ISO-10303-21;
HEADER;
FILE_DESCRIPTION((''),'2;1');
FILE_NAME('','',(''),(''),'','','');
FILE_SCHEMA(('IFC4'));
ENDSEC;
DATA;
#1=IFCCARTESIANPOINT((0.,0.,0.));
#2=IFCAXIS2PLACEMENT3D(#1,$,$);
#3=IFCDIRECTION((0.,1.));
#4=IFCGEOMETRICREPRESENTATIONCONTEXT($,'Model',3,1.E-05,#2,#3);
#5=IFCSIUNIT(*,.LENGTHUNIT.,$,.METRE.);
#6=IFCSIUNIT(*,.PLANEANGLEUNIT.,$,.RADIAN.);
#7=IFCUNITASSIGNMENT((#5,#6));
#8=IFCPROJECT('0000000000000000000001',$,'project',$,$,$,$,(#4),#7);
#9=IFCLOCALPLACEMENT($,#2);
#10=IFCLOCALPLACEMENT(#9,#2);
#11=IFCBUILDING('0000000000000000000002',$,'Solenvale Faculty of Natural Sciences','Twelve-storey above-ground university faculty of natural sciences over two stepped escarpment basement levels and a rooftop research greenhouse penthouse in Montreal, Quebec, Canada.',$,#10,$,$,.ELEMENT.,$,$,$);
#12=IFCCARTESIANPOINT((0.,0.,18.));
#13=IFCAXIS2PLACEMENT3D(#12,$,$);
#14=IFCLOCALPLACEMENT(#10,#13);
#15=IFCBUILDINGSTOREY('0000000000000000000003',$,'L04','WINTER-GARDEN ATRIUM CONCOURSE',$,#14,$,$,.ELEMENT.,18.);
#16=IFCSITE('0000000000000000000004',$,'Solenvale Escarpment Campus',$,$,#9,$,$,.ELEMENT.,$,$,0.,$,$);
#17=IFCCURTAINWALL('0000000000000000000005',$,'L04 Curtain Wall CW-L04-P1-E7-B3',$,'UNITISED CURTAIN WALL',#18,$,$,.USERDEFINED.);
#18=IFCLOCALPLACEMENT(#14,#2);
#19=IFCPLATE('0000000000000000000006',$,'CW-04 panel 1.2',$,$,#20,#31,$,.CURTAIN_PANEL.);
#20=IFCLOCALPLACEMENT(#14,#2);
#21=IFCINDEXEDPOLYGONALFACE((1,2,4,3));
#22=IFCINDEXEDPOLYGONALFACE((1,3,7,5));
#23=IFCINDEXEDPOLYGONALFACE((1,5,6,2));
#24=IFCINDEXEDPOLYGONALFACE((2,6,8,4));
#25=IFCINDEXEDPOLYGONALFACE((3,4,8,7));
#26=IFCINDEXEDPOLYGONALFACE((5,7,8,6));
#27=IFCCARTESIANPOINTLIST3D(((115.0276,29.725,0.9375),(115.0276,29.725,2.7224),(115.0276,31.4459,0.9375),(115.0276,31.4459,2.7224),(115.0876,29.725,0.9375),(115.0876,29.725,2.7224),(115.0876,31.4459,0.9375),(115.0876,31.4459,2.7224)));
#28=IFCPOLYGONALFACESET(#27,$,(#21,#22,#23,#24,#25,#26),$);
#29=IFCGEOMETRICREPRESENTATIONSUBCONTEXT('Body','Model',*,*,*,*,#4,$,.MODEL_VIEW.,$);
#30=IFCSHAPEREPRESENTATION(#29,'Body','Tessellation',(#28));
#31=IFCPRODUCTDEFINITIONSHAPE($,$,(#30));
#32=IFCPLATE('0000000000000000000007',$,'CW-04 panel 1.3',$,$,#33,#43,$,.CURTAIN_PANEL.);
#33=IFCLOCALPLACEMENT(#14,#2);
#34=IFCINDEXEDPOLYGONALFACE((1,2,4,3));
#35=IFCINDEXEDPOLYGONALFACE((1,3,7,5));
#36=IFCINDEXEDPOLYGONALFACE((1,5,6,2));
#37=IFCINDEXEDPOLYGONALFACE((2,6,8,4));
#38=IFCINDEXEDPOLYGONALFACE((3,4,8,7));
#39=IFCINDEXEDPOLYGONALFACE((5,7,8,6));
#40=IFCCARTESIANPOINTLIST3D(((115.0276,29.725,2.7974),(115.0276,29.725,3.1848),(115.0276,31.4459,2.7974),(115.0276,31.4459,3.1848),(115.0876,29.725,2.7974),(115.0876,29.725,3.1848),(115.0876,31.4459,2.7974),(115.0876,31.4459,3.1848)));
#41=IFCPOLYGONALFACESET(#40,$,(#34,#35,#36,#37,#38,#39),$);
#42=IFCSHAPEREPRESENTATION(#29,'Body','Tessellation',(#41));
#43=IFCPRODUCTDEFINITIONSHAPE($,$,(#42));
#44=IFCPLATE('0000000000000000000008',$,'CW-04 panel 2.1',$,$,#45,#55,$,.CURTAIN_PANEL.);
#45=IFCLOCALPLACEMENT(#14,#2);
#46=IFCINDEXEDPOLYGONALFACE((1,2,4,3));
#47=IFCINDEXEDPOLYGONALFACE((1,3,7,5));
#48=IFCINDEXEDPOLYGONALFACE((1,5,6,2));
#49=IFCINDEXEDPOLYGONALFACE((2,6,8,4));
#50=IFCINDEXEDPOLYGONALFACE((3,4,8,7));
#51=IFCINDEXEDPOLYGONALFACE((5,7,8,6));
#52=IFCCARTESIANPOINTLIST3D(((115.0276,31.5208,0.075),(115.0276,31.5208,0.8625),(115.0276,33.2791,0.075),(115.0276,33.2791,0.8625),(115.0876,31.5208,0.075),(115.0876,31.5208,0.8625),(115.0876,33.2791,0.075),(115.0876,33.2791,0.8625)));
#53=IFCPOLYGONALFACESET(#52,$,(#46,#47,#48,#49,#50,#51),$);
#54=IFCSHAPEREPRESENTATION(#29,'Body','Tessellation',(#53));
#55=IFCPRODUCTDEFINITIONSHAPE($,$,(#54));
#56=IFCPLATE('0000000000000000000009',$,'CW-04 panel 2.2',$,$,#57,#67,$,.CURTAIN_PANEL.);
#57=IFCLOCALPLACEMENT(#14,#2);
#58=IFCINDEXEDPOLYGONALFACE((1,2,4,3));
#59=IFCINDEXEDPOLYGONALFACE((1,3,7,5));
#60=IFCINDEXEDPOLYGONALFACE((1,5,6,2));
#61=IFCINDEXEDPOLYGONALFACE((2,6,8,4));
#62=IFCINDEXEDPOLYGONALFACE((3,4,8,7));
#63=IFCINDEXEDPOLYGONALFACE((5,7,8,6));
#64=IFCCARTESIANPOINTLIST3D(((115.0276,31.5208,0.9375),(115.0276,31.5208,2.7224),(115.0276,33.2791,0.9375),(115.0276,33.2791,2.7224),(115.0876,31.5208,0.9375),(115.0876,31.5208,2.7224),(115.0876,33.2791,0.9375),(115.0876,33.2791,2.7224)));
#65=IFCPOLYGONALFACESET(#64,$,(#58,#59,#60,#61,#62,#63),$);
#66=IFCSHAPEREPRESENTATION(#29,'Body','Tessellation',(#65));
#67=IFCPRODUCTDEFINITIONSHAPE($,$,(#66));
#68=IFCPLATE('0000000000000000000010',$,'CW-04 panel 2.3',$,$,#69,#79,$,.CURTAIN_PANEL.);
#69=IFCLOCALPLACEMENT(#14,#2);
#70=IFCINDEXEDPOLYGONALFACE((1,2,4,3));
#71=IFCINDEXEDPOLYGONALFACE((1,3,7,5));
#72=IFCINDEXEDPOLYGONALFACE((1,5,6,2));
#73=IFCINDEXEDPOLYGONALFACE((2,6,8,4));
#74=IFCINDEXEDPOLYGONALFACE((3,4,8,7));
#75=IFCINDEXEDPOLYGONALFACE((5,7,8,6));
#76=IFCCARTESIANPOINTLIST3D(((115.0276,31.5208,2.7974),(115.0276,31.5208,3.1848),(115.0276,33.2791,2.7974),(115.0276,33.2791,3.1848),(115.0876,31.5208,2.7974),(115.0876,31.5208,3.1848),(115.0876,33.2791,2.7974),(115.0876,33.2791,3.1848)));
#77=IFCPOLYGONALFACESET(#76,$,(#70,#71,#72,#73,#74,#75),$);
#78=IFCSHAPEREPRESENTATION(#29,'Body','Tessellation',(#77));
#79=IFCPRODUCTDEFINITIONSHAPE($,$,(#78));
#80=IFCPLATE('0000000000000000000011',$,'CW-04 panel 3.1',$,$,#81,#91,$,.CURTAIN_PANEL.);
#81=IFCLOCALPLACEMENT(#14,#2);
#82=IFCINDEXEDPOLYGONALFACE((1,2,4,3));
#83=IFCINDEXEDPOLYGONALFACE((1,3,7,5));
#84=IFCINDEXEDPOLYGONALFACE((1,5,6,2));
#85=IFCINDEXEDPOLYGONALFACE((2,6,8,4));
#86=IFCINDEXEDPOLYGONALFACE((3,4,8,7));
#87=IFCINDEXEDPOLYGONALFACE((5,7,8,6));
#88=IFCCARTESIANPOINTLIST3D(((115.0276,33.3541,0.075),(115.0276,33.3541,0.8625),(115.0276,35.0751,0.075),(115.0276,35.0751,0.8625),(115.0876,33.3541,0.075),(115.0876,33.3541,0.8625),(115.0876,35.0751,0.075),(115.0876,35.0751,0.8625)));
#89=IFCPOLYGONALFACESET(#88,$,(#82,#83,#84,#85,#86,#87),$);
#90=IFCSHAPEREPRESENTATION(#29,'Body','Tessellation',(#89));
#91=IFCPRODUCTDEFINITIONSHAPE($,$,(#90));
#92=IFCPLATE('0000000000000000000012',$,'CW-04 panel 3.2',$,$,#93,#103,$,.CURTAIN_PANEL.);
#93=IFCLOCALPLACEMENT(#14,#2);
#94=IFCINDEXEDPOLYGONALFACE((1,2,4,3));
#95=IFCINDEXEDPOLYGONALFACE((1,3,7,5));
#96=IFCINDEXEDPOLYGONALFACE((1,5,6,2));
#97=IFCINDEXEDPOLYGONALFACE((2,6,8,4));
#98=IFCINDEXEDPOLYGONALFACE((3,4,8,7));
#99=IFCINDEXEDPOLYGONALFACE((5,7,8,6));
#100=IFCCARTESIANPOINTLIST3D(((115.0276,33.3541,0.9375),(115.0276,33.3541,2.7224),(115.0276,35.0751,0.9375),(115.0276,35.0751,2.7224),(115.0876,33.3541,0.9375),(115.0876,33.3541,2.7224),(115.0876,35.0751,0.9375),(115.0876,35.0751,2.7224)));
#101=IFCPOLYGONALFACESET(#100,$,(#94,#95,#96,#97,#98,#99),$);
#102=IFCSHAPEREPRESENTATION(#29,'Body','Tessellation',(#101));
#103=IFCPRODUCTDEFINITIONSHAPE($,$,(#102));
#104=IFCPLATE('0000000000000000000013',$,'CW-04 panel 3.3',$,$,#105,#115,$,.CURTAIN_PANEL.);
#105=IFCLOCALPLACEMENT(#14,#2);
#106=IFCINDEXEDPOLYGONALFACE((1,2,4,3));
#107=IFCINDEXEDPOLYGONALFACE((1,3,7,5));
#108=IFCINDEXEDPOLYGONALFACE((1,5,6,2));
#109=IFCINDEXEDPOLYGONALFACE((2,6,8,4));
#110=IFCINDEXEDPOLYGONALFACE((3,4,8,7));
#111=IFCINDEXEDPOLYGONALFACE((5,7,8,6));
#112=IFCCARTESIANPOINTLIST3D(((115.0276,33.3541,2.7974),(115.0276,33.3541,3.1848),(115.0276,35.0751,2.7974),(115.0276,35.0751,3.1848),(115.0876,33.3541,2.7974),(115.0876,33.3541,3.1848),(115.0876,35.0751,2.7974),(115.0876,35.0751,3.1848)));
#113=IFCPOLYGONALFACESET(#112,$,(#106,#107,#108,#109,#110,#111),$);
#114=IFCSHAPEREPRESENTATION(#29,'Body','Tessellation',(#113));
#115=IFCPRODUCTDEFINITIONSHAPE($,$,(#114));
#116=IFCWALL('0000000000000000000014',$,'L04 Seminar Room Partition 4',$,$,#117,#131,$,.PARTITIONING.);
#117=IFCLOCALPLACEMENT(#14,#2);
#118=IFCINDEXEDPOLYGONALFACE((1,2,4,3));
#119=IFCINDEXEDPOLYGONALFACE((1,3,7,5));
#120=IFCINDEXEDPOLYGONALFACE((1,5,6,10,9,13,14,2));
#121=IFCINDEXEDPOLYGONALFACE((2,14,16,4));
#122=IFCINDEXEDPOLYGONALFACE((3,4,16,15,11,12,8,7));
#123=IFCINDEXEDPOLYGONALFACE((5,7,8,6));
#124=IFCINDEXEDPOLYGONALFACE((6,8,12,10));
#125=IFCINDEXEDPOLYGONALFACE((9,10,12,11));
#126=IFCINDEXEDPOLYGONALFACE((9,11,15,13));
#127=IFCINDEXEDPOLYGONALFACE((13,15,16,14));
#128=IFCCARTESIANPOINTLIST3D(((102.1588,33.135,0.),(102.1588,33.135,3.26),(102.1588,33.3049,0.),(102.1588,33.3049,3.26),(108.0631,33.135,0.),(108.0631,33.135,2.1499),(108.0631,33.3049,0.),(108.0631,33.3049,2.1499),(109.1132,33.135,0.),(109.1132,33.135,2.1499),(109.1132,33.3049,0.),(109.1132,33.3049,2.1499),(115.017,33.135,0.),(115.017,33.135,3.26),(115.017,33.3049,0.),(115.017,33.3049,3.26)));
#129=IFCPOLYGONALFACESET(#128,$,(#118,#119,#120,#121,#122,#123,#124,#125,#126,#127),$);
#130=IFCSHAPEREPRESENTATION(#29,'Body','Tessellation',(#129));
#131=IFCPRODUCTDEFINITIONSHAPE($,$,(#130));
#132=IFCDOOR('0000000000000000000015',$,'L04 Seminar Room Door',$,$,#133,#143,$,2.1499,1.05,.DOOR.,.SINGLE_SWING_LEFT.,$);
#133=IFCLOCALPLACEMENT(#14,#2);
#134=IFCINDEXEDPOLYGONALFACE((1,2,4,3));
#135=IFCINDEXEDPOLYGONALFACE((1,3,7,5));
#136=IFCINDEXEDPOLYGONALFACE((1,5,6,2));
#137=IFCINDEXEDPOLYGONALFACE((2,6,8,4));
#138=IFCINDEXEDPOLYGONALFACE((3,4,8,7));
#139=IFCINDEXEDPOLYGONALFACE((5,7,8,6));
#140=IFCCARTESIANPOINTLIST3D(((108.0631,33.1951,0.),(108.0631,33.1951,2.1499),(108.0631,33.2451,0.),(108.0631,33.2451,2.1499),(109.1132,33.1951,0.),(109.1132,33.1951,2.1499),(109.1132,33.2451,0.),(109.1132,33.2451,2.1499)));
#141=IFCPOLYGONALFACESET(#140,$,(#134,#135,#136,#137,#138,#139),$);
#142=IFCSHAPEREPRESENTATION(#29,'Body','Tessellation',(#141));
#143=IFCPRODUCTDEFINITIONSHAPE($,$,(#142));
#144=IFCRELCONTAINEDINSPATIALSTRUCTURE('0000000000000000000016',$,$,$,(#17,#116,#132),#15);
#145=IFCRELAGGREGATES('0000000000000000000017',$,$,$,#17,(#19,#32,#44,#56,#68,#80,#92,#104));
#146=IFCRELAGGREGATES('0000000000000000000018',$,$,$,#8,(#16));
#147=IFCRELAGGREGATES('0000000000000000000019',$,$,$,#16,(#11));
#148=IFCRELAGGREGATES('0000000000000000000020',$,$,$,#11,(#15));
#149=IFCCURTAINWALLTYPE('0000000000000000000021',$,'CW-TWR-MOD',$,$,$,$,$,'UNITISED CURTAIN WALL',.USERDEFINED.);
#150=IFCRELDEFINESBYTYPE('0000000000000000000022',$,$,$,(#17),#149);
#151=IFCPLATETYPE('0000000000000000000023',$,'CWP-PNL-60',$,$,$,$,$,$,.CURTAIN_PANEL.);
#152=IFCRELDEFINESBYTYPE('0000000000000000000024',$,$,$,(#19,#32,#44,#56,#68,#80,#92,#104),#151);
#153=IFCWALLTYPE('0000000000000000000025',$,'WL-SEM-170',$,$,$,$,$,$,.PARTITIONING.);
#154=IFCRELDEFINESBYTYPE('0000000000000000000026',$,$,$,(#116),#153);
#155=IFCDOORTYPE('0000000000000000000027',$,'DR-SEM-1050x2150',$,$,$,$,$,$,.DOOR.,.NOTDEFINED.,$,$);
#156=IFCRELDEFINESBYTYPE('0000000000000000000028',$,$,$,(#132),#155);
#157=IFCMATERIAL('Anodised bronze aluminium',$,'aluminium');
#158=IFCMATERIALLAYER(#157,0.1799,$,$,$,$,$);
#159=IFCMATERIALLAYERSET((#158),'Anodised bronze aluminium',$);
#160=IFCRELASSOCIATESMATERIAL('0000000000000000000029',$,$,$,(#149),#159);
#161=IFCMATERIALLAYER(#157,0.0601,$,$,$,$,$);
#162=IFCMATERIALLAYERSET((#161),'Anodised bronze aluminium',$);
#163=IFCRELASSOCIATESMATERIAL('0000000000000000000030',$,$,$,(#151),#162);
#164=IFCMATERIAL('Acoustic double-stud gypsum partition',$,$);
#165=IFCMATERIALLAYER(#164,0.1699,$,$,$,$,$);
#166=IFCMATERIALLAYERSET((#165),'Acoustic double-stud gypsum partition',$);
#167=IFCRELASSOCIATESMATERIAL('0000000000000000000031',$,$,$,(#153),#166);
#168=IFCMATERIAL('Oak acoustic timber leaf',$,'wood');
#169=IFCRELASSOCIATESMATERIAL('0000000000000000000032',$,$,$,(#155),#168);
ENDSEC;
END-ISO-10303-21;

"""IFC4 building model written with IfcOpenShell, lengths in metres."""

from ifc_helpers import new_model, si_unit, direction, frame, frame_2d, origin, origin_2d, place, context, subcontext, project, spatial, rectangle, extrude, material, layer, layer_set, type_object, element, fill, aggregate, save


model = new_model("IFC4")

# Units and contexts
model_context = context("Model", 3, precision=1e-05, world=origin(), true_north=direction((0.0, 1.0)))
body_context = subcontext(model_context, "Body", "Model", "MODEL_VIEW")
ifc_project = project(units=[si_unit("LENGTHUNIT", "METRE"), si_unit("PLANEANGLEUNIT", "RADIAN")], contexts=[model_context])

# Site, building, storey
site_placement = place(None, origin())
site = spatial("IfcSite", under=ifc_project, at=site_placement, Name="Solenvale Escarpment Campus", CompositionType="ELEMENT", RefElevation=0.0)
building_placement = place(site_placement, origin())
building = spatial("IfcBuilding", under=site, at=building_placement, Name="Solenvale Faculty of Natural Sciences", Description="Twelve-storey above-ground university faculty of natural sciences over two stepped escarpment basement levels and a rooftop research greenhouse penthouse in Montreal, Quebec, Canada.", CompositionType="ELEMENT")
storey_placement = place(building_placement, frame((0.0, 0.0, 18.0)))
storey = spatial("IfcBuildingStorey", under=building, at=storey_placement, Name="L04", Description="WINTER-GARDEN ATRIUM CONCOURSE", CompositionType="ELEMENT", Elevation=18.0)

# Curtain wall, plates
ifc_material_1 = material(Name="Anodised bronze aluminium", Category="aluminium")
ifc_layer_1 = layer(ifc_material_1, 0.1799)
ifc_layer_set_1 = layer_set([ifc_layer_1], Name="Anodised bronze aluminium")
curtain_wall_type = type_object("IfcCurtainWallType", Name="CW-TWR-MOD", ElementType="UNITISED CURTAIN WALL", PredefinedType="USERDEFINED", material=ifc_layer_set_1)
curtain_wall_placement = place(storey_placement, origin())
curtain_wall = element("IfcCurtainWall", 1, at=curtain_wall_placement, inside=storey, type_object=curtain_wall_type, Name="L04 Curtain Wall CW-L04-P1-E7-B3", ObjectType="UNITISED CURTAIN WALL", PredefinedType="USERDEFINED")
ifc_layer_2 = layer(ifc_material_1, 0.0601)
ifc_layer_set_2 = layer_set([ifc_layer_2], Name="Anodised bronze aluminium")
plate_type = type_object("IfcPlateType", Name="CWP-PNL-60", PredefinedType="CURTAIN_PANEL", material=ifc_layer_set_2)
plate_1_placement = place(storey_placement, frame((115.0576, 30.5854, 0.9375), z_axis=(0.0, 0.0, 1.0), x_axis=(0.0, 1.0, 0.0)))
plate_1 = element("IfcPlate", 2, at=plate_1_placement, type_object=plate_type, Name="CW-04 panel 1.2", PredefinedType="CURTAIN_PANEL", context=body_context, shape_type="SweptSolid", body=[
    extrude(rectangle(XDim=1.7209, YDim=0.0601, at=origin_2d()), origin(), (0.0, 0.0, 1.0), 1.7849),
])
plate_2_placement = place(storey_placement, frame((115.0576, 30.5854, 2.7974), z_axis=(0.0, 0.0, 1.0), x_axis=(0.0, 1.0, 0.0)))
plate_2 = element("IfcPlate", 3, at=plate_2_placement, type_object=plate_type, Name="CW-04 panel 1.3", PredefinedType="CURTAIN_PANEL", context=body_context, shape_type="SweptSolid", body=[
    extrude(rectangle(XDim=1.7209, YDim=0.0601, at=origin_2d()), origin(), (0.0, 0.0, 1.0), 0.3875),
])
plate_3_placement = place(storey_placement, frame((115.0576, 32.3999, 0.075), z_axis=(0.0, 0.0, 1.0), x_axis=(0.0, 1.0, 0.0)))
plate_3 = element("IfcPlate", 4, at=plate_3_placement, type_object=plate_type, Name="CW-04 panel 2.1", PredefinedType="CURTAIN_PANEL", context=body_context, shape_type="SweptSolid", body=[
    extrude(rectangle(XDim=1.7583, YDim=0.0601, at=origin_2d()), origin(), (0.0, 0.0, 1.0), 0.7876),
])
plate_4_placement = place(storey_placement, frame((115.0576, 32.3999, 0.9375), z_axis=(0.0, 0.0, 1.0), x_axis=(0.0, 1.0, 0.0)))
plate_4 = element("IfcPlate", 5, at=plate_4_placement, type_object=plate_type, Name="CW-04 panel 2.2", PredefinedType="CURTAIN_PANEL", context=body_context, shape_type="SweptSolid", body=[
    extrude(rectangle(XDim=1.7583, YDim=0.0601, at=origin_2d()), origin(), (0.0, 0.0, 1.0), 1.7849),
])
plate_5_placement = place(storey_placement, frame((115.0576, 32.3999, 2.7974), z_axis=(0.0, 0.0, 1.0), x_axis=(0.0, 1.0, 0.0)))
plate_5 = element("IfcPlate", 6, at=plate_5_placement, type_object=plate_type, Name="CW-04 panel 2.3", PredefinedType="CURTAIN_PANEL", context=body_context, shape_type="SweptSolid", body=[
    extrude(rectangle(XDim=1.7583, YDim=0.0601, at=origin_2d()), origin(), (0.0, 0.0, 1.0), 0.3875),
])
plate_6_placement = place(storey_placement, frame((115.0576, 34.2146, 0.075), z_axis=(0.0, 0.0, 1.0), x_axis=(0.0, 1.0, 0.0)))
plate_6 = element("IfcPlate", 7, at=plate_6_placement, type_object=plate_type, Name="CW-04 panel 3.1", PredefinedType="CURTAIN_PANEL", context=body_context, shape_type="SweptSolid", body=[
    extrude(rectangle(XDim=1.7209, YDim=0.0601, at=origin_2d()), origin(), (0.0, 0.0, 1.0), 0.7876),
])
plate_7_placement = place(storey_placement, frame((115.0576, 34.2146, 0.9375), z_axis=(0.0, 0.0, 1.0), x_axis=(0.0, 1.0, 0.0)))
plate_7 = element("IfcPlate", 8, at=plate_7_placement, type_object=plate_type, Name="CW-04 panel 3.2", PredefinedType="CURTAIN_PANEL", context=body_context, shape_type="SweptSolid", body=[
    extrude(rectangle(XDim=1.7209, YDim=0.0601, at=origin_2d()), origin(), (0.0, 0.0, 1.0), 1.7849),
])
plate_8_placement = place(storey_placement, frame((115.0576, 34.2146, 2.7974), z_axis=(0.0, 0.0, 1.0), x_axis=(0.0, 1.0, 0.0)))
plate_8 = element("IfcPlate", 9, at=plate_8_placement, type_object=plate_type, Name="CW-04 panel 3.3", PredefinedType="CURTAIN_PANEL", context=body_context, shape_type="SweptSolid", body=[
    extrude(rectangle(XDim=1.7209, YDim=0.0601, at=origin_2d()), origin(), (0.0, 0.0, 1.0), 0.3875),
])
aggregate(curtain_wall, [plate_1, plate_2, plate_3, plate_4, plate_5, plate_6, plate_7, plate_8])

# Wall, opening, door
ifc_material_2 = material(Name="Acoustic double-stud gypsum partition")
ifc_layer_3 = layer(ifc_material_2, 0.1699)
ifc_layer_set_3 = layer_set([ifc_layer_3], Name="Acoustic double-stud gypsum partition")
wall_type = type_object("IfcWallType", Name="WL-SEM-170", PredefinedType="PARTITIONING", material=ifc_layer_set_3)
wall_placement = place(storey_placement, frame((115.0171, 33.22, 0.0), z_axis=(0.0, 0.0, 1.0), x_axis=(-1.0, 0.0, 0.0)))
wall = element("IfcWall", 10, at=wall_placement, inside=storey, type_object=wall_type, Name="L04 Seminar Room Partition 4", PredefinedType="PARTITIONING", context=body_context, shape_type="SweptSolid", body=[
    extrude(rectangle(XDim=12.8582, YDim=0.1699, at=frame_2d((6.4292, 0.0))), origin(), (0.0, 0.0, 1.0), 3.26),
])
opening_placement = place(wall_placement, frame((5.9041, 0.0, 0.0)))
opening = element("IfcOpeningElement", 11, at=opening_placement, cuts=wall, PredefinedType="OPENING", context=body_context, shape_type="SweptSolid", body=[
    extrude(rectangle(XDim=1.05, YDim=2.1499, at=frame_2d((0.5249, 1.075))), frame((0.0, 0.095, 0.0), z_axis=(0.0, -1.0, 0.0), x_axis=(1.0, 0.0, 0.0)), (0.0, 0.0, 1.0), 0.1899),
])
ifc_material_3 = material(Name="Oak acoustic timber leaf", Category="wood")
door_type = type_object("IfcDoorType", Name="DR-SEM-1050x2150", OperationType="NOTDEFINED", PredefinedType="DOOR", material=ifc_material_3)
door_placement = place(opening_placement, origin())
door = element("IfcDoor", 12, at=door_placement, inside=storey, type_object=door_type, Name="L04 Seminar Room Door", OperationType="SINGLE_SWING_LEFT", OverallHeight=2.1499, OverallWidth=1.05, PredefinedType="DOOR", context=body_context, shape_type="SweptSolid", body=[
    extrude(rectangle(XDim=1.05, YDim=2.1499, at=frame_2d((0.5249, 1.075))), frame((0.0, 0.0249, 0.0), z_axis=(0.0, -1.0, 0.0), x_axis=(1.0, 0.0, 0.0)), (0.0, 0.0, 1.0), 0.05),
])
fill(opening, door)

save(model, "model.ifc")
